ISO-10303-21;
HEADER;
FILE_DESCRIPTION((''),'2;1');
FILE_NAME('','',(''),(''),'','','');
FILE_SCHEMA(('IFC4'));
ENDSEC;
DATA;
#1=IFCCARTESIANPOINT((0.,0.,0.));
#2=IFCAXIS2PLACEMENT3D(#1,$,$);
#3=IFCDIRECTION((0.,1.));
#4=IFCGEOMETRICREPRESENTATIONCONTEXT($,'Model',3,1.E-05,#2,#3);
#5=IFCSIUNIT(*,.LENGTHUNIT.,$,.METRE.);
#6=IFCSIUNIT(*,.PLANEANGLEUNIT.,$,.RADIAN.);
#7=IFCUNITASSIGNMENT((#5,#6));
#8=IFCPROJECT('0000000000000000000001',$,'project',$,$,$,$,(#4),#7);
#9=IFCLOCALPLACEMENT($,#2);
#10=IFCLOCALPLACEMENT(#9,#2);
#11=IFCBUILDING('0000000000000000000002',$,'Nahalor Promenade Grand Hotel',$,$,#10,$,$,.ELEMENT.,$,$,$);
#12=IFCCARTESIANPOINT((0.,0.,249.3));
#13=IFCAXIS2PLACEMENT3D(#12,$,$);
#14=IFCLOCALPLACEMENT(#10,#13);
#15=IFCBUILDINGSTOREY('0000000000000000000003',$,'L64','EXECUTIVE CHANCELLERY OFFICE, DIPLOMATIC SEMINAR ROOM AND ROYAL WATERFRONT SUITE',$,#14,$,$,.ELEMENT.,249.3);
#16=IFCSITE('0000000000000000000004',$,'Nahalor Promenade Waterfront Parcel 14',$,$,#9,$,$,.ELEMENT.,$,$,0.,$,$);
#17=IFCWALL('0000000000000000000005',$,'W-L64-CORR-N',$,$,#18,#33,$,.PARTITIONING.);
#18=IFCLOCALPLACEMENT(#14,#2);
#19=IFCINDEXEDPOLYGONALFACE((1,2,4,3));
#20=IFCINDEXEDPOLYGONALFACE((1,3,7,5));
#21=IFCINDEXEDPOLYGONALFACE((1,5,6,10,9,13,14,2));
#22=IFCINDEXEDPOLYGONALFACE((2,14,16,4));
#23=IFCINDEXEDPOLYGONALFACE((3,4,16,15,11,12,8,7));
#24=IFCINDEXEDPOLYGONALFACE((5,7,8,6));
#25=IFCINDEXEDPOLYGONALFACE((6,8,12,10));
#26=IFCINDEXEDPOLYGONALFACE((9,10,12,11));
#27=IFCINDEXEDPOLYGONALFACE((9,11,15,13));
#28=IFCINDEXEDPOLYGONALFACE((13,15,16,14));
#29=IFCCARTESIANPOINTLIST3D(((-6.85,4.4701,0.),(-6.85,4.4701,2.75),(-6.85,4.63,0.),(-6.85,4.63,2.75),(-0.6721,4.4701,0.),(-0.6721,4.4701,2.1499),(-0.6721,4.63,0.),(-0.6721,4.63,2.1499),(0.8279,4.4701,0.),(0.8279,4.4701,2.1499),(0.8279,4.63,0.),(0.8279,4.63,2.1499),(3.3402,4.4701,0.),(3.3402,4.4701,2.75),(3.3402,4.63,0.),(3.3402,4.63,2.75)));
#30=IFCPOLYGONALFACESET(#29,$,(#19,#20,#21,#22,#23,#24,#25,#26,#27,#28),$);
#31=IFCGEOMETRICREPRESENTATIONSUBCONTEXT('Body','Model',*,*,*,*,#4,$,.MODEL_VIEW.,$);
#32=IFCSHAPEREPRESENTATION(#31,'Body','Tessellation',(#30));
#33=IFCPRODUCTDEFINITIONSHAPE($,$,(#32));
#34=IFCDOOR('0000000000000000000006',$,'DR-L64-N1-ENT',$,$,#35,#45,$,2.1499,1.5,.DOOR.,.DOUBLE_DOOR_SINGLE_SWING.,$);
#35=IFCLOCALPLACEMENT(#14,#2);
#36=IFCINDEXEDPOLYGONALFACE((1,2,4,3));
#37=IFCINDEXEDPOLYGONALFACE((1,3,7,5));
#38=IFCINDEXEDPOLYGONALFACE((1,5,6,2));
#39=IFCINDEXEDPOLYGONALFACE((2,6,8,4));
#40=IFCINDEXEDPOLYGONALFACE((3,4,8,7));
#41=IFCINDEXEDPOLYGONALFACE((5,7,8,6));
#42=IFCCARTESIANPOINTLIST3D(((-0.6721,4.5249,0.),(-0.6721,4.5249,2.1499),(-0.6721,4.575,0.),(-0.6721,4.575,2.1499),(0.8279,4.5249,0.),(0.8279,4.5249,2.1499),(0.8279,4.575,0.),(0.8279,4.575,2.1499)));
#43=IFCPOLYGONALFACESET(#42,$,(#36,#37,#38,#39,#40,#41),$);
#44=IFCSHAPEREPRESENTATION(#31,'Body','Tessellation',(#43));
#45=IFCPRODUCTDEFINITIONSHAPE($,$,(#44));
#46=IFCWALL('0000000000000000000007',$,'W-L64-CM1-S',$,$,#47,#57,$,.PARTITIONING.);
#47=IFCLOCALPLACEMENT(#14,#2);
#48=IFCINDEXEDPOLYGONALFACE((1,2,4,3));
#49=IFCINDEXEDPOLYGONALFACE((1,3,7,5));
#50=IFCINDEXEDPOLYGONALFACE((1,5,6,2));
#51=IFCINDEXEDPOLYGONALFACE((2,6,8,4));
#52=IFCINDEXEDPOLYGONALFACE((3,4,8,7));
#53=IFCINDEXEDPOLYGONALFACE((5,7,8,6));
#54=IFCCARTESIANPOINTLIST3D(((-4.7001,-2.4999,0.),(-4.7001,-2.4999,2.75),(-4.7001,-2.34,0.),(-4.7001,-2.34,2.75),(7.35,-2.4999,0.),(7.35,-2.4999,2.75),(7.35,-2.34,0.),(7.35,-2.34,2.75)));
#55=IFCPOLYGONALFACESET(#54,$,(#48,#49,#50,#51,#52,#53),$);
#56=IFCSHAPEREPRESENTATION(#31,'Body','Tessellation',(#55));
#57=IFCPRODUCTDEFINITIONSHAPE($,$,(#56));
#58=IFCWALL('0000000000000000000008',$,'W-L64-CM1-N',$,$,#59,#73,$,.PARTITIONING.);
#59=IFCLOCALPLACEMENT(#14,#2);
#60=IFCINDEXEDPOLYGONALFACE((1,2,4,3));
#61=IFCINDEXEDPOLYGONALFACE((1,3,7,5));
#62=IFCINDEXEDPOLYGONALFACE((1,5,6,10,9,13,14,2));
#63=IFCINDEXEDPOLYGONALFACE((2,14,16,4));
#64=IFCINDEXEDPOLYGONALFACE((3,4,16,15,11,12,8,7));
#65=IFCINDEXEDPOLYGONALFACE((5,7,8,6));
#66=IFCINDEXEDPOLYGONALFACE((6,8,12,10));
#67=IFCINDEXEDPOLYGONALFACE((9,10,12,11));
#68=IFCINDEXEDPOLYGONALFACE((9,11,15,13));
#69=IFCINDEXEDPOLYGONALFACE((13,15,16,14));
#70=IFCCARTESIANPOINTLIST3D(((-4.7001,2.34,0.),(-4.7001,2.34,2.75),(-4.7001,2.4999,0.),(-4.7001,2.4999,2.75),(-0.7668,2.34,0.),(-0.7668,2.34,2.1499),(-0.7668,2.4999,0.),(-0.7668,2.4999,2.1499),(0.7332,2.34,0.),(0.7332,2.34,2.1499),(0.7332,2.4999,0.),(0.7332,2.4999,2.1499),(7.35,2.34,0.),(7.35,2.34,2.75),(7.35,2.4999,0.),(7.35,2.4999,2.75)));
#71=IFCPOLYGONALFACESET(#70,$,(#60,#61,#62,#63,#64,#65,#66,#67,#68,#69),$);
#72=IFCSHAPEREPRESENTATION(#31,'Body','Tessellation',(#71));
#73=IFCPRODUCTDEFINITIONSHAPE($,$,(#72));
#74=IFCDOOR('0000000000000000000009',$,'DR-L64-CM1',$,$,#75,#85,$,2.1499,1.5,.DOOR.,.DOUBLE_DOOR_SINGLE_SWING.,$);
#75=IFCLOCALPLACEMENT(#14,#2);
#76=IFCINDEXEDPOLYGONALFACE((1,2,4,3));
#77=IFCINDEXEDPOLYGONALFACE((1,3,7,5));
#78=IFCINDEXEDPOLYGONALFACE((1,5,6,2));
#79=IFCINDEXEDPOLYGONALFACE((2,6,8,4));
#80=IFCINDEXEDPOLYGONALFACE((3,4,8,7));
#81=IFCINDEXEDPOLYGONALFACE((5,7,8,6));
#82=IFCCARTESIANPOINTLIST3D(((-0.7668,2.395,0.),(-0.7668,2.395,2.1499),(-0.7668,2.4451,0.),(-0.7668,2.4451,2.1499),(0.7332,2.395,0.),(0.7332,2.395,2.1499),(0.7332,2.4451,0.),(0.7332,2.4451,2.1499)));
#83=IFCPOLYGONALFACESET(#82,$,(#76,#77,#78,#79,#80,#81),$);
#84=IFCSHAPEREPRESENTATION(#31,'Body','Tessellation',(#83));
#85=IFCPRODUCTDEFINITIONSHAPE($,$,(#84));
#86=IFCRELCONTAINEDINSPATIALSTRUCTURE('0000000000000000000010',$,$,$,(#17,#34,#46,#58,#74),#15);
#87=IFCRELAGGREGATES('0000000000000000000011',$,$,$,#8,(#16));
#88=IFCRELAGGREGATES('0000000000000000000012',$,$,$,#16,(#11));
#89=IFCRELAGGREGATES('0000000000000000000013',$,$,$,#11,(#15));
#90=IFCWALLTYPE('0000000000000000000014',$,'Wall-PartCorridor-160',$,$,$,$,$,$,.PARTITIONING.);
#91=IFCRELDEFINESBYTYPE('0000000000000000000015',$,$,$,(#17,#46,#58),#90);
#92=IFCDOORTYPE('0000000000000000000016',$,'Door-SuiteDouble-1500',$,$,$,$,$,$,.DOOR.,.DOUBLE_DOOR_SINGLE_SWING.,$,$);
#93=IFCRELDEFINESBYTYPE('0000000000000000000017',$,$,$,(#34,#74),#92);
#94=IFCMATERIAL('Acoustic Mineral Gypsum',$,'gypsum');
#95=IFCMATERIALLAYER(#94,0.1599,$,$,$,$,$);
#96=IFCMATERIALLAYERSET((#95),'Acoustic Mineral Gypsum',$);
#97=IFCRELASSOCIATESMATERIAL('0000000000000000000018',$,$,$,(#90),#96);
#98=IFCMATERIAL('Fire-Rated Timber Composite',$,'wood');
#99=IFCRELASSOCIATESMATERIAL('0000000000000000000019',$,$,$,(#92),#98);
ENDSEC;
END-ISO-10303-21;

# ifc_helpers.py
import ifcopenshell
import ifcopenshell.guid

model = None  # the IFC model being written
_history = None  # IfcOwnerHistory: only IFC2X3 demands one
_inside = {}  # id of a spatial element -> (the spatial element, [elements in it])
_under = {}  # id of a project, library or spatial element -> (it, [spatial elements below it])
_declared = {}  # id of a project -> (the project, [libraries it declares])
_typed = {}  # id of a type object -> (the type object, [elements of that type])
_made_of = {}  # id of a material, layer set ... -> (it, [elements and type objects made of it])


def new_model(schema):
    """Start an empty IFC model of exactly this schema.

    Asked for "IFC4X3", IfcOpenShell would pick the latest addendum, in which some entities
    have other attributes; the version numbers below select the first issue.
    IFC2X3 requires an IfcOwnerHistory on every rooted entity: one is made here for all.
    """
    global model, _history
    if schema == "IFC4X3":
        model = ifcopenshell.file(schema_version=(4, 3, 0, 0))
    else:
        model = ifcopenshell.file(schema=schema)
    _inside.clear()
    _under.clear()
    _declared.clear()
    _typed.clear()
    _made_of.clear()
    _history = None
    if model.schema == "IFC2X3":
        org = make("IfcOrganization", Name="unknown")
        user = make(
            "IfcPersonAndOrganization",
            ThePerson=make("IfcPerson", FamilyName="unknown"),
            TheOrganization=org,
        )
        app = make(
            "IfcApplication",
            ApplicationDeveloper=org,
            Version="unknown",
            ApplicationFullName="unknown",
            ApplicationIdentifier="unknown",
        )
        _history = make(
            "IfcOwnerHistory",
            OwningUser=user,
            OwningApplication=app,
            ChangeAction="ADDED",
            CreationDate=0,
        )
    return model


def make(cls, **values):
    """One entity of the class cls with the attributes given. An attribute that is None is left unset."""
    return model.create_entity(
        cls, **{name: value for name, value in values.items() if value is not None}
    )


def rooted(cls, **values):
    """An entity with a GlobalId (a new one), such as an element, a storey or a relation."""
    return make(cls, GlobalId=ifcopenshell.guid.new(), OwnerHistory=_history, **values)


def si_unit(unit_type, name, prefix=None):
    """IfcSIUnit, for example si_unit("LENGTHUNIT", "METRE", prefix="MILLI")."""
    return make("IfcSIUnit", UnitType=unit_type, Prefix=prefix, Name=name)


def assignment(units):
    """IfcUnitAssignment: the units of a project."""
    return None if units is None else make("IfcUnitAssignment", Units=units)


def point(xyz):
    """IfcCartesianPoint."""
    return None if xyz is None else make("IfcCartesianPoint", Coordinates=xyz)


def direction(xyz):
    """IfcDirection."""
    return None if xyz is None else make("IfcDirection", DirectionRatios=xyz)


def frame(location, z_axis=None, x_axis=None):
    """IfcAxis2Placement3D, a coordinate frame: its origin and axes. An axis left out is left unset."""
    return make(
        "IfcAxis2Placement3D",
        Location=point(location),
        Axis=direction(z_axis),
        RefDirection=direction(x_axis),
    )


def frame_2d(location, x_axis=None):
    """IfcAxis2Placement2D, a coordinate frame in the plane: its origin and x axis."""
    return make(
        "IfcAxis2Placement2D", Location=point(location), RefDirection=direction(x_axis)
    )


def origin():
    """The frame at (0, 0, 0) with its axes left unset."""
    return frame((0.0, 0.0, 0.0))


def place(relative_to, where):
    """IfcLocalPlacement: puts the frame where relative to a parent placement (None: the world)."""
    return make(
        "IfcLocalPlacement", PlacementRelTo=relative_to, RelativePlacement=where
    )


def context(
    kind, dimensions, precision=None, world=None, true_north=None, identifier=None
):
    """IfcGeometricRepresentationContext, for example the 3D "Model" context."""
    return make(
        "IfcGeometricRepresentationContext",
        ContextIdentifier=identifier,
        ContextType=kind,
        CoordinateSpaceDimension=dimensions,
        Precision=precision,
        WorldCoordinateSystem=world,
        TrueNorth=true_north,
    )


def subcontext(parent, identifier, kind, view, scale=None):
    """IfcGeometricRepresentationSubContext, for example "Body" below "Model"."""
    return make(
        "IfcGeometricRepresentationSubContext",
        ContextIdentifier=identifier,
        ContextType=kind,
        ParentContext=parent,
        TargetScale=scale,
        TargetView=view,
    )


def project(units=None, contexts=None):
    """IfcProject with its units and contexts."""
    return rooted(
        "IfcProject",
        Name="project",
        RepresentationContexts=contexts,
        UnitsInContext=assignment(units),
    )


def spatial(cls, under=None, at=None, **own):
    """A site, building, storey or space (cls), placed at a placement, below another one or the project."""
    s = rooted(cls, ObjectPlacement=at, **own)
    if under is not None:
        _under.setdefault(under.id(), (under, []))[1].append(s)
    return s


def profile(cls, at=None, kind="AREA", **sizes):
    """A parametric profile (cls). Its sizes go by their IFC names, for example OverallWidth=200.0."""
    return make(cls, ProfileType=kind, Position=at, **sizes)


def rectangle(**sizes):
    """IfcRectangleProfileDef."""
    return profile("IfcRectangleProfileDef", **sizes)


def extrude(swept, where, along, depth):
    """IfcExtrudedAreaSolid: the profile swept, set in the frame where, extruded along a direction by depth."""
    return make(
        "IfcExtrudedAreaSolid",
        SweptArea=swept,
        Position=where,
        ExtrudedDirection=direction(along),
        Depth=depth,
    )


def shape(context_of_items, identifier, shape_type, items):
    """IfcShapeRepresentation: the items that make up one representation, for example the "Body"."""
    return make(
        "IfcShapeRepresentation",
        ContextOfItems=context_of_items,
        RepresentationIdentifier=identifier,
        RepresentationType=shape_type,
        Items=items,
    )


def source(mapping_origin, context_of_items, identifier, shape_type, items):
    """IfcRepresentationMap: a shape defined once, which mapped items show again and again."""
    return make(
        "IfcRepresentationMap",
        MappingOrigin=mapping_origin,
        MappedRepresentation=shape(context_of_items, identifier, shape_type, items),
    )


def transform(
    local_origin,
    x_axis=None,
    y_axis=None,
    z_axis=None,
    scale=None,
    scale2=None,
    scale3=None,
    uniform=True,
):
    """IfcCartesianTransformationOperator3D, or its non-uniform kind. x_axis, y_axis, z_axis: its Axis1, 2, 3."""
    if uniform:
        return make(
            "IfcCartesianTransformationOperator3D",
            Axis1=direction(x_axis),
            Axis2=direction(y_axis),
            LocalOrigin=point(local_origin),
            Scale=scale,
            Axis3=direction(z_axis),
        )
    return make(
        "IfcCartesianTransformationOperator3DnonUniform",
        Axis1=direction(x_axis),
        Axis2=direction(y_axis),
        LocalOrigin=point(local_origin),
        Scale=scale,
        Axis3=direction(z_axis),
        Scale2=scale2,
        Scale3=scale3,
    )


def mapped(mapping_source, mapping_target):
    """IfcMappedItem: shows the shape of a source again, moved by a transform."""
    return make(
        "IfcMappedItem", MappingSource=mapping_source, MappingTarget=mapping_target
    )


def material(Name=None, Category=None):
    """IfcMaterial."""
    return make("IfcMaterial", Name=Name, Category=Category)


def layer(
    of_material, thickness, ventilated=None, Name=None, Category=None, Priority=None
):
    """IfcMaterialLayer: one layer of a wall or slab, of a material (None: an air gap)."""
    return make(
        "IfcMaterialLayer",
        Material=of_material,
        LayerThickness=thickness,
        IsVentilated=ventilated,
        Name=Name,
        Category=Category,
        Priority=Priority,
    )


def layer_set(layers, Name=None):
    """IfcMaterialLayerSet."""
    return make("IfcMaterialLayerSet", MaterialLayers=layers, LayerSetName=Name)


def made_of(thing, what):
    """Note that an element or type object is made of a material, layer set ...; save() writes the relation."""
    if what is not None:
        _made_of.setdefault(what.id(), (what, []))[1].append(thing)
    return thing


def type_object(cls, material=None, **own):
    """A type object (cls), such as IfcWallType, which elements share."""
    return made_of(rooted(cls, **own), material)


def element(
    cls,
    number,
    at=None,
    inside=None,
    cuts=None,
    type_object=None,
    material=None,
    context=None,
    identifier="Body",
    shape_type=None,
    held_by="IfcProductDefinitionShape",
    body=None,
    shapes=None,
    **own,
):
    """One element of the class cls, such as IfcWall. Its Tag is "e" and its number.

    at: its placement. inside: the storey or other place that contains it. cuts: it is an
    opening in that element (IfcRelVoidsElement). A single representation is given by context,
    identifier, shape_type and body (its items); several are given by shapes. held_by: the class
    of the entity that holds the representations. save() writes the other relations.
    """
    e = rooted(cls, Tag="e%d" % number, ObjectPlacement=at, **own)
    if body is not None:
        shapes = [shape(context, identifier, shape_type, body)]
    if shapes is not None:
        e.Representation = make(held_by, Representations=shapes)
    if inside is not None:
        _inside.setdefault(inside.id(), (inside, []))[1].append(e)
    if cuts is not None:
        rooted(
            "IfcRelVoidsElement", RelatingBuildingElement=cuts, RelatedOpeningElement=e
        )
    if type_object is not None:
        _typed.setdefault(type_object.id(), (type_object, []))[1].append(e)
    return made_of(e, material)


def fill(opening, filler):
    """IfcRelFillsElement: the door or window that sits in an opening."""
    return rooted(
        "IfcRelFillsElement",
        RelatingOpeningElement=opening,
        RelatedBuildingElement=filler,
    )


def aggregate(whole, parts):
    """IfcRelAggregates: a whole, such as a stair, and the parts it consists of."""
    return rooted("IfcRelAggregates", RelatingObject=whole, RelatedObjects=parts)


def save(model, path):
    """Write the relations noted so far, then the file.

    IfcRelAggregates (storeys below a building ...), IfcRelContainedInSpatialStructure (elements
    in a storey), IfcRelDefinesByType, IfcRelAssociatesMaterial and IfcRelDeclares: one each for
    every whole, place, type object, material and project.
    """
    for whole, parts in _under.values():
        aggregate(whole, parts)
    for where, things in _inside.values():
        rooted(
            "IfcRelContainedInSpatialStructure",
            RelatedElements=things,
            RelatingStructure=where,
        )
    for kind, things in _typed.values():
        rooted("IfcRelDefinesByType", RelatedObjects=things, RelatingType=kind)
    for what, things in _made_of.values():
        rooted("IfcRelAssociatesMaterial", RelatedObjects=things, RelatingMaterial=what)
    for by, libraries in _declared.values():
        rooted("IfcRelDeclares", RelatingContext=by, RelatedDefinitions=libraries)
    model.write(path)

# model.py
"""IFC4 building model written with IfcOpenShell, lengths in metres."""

from ifc_helpers import new_model, si_unit, direction, frame, frame_2d, origin, place, context, subcontext, project, spatial, rectangle, extrude, source, transform, mapped, material, layer, layer_set, type_object, element, fill, save


model = new_model("IFC4")

# Units and contexts
model_context = context("Model", 3, precision=1e-05, world=origin(), true_north=direction((0.0, 1.0)))
body_context = subcontext(model_context, "Body", "Model", "MODEL_VIEW")
ifc_project = project(units=[si_unit("LENGTHUNIT", "METRE"), si_unit("PLANEANGLEUNIT", "RADIAN")], contexts=[model_context])

# Site, building, storey
site_placement = place(None, origin())
site = spatial("IfcSite", under=ifc_project, at=site_placement, Name="Nahalor Promenade Waterfront Parcel 14", CompositionType="ELEMENT", RefElevation=0.0)
building_placement = place(site_placement, origin())
building = spatial("IfcBuilding", under=site, at=building_placement, Name="Nahalor Promenade Grand Hotel", CompositionType="ELEMENT")
storey_placement = place(building_placement, frame((0.0, 0.0, 249.3)))
storey = spatial("IfcBuildingStorey", under=building, at=storey_placement, Name="L64", Description="EXECUTIVE CHANCELLERY OFFICE, DIPLOMATIC SEMINAR ROOM AND ROYAL WATERFRONT SUITE", CompositionType="ELEMENT", Elevation=249.3)

# Shared definitions
ifc_material_1 = material(Name="Acoustic Mineral Gypsum", Category="gypsum")
ifc_layer_1 = layer(ifc_material_1, 0.1599)
ifc_layer_set_1 = layer_set([ifc_layer_1], Name="Acoustic Mineral Gypsum")
wall_type = type_object("IfcWallType", Name="Wall-PartCorridor-160", PredefinedType="PARTITIONING", material=ifc_layer_set_1)
ifc_material_2 = material(Name="Fire-Rated Timber Composite", Category="wood")

# Wall, opening, door
shared_shape_1 = source(origin(), body_context, "Body", "SweptSolid", [
    extrude(rectangle(XDim=10.1902, YDim=0.1599, at=frame_2d((5.0952, 0.0))), origin(), (0.0, 0.0, 1.0), 2.75),
])
wall_1_placement = place(storey_placement, frame((-6.8501, 4.55, 0.0), z_axis=(0.0, 0.0, 1.0), x_axis=(1.0, 0.0, 0.0)))
wall_1 = element("IfcWall", 1, at=wall_1_placement, inside=storey, type_object=wall_type, Name="W-L64-CORR-N", PredefinedType="PARTITIONING", context=body_context, shape_type="MappedRepresentation", body=[
    mapped(shared_shape_1, transform((0.0, 0.0, 0.0), scale=1.0)),
])
opening_1_placement = place(wall_1_placement, frame((6.178, 0.0, 0.0)))
opening_1 = element("IfcOpeningElement", 2, at=opening_1_placement, cuts=wall_1, PredefinedType="OPENING", context=body_context, shape_type="SweptSolid", body=[
    extrude(rectangle(XDim=1.5, YDim=2.1499, at=frame_2d((0.75, 1.075))), frame((0.0, 0.0898, 0.0), z_axis=(0.0, -1.0, 0.0), x_axis=(1.0, 0.0, 0.0)), (0.0, 0.0, 1.0), 0.1799),
])
door_type_1 = type_object("IfcDoorType", Name="Door-SuiteDouble-1500", OperationType="DOUBLE_DOOR_SINGLE_SWING", PredefinedType="DOOR", material=ifc_material_2)
shared_shape_2 = source(origin(), body_context, "Body", "SweptSolid", [
    extrude(rectangle(XDim=1.5, YDim=2.1499, at=frame_2d((0.75, 1.075))), frame((0.0, 0.0249, 0.0), z_axis=(0.0, -1.0, 0.0), x_axis=(1.0, 0.0, 0.0)), (0.0, 0.0, 1.0), 0.05),
])
door_1_placement = place(opening_1_placement, origin())
door_1 = element("IfcDoor", 3, at=door_1_placement, inside=storey, type_object=door_type_1, Name="DR-L64-N1-ENT", OperationType="DOUBLE_DOOR_SINGLE_SWING", OverallHeight=2.1499, OverallWidth=1.5, PredefinedType="DOOR", context=body_context, shape_type="MappedRepresentation", body=[
    mapped(shared_shape_2, transform((0.0, 0.0, 0.0), scale=1.0)),
])
fill(opening_1, door_1)

# Wall
shared_shape_3 = source(origin(), body_context, "Body", "SweptSolid", [
    extrude(rectangle(XDim=12.05, YDim=0.1599, at=frame_2d((6.0249, 0.0))), origin(), (0.0, 0.0, 1.0), 2.75),
])
wall_2_placement = place(storey_placement, frame((-4.7, -2.4199, 0.0), z_axis=(0.0, 0.0, 1.0), x_axis=(1.0, 0.0, 0.0)))
element("IfcWall", 4, at=wall_2_placement, inside=storey, type_object=wall_type, Name="W-L64-CM1-S", PredefinedType="PARTITIONING", context=body_context, shape_type="MappedRepresentation", body=[
    mapped(shared_shape_3, transform((0.0, 0.0, 0.0), scale=1.0)),
])

# Wall, opening, door
wall_3_placement = place(storey_placement, frame((-4.7, 2.4199, 0.0), z_axis=(0.0, 0.0, 1.0), x_axis=(1.0, 0.0, 0.0)))
wall_3 = element("IfcWall", 5, at=wall_3_placement, inside=storey, type_object=wall_type, Name="W-L64-CM1-N", PredefinedType="PARTITIONING", context=body_context, shape_type="MappedRepresentation", body=[
    mapped(shared_shape_3, transform((0.0, 0.0, 0.0), scale=1.0)),
])
opening_2_placement = place(wall_3_placement, frame((3.9331, 0.0, 0.0)))
opening_2 = element("IfcOpeningElement", 6, at=opening_2_placement, cuts=wall_3, PredefinedType="OPENING", context=body_context, shape_type="SweptSolid", body=[
    extrude(rectangle(XDim=1.5, YDim=2.1499, at=frame_2d((0.75, 1.075))), frame((0.0, 0.0898, 0.0), z_axis=(0.0, -1.0, 0.0), x_axis=(1.0, 0.0, 0.0)), (0.0, 0.0, 1.0), 0.1799),
])
door_2_placement = place(opening_2_placement, frame((1.5, 0.0, 0.0), z_axis=(0.0, 0.0, 1.0), x_axis=(-1.0, 0.0, 0.0)))
door_2 = element("IfcDoor", 7, at=door_2_placement, inside=storey, type_object=door_type_1, Name="DR-L64-CM1", OperationType="DOUBLE_DOOR_SINGLE_SWING", OverallHeight=2.1499, OverallWidth=1.5, PredefinedType="DOOR", context=body_context, shape_type="MappedRepresentation", body=[
    mapped(shared_shape_2, transform((0.0, 0.0, 0.0), scale=1.0)),
])
fill(opening_2, door_2)

save(model, "model.ifc")
